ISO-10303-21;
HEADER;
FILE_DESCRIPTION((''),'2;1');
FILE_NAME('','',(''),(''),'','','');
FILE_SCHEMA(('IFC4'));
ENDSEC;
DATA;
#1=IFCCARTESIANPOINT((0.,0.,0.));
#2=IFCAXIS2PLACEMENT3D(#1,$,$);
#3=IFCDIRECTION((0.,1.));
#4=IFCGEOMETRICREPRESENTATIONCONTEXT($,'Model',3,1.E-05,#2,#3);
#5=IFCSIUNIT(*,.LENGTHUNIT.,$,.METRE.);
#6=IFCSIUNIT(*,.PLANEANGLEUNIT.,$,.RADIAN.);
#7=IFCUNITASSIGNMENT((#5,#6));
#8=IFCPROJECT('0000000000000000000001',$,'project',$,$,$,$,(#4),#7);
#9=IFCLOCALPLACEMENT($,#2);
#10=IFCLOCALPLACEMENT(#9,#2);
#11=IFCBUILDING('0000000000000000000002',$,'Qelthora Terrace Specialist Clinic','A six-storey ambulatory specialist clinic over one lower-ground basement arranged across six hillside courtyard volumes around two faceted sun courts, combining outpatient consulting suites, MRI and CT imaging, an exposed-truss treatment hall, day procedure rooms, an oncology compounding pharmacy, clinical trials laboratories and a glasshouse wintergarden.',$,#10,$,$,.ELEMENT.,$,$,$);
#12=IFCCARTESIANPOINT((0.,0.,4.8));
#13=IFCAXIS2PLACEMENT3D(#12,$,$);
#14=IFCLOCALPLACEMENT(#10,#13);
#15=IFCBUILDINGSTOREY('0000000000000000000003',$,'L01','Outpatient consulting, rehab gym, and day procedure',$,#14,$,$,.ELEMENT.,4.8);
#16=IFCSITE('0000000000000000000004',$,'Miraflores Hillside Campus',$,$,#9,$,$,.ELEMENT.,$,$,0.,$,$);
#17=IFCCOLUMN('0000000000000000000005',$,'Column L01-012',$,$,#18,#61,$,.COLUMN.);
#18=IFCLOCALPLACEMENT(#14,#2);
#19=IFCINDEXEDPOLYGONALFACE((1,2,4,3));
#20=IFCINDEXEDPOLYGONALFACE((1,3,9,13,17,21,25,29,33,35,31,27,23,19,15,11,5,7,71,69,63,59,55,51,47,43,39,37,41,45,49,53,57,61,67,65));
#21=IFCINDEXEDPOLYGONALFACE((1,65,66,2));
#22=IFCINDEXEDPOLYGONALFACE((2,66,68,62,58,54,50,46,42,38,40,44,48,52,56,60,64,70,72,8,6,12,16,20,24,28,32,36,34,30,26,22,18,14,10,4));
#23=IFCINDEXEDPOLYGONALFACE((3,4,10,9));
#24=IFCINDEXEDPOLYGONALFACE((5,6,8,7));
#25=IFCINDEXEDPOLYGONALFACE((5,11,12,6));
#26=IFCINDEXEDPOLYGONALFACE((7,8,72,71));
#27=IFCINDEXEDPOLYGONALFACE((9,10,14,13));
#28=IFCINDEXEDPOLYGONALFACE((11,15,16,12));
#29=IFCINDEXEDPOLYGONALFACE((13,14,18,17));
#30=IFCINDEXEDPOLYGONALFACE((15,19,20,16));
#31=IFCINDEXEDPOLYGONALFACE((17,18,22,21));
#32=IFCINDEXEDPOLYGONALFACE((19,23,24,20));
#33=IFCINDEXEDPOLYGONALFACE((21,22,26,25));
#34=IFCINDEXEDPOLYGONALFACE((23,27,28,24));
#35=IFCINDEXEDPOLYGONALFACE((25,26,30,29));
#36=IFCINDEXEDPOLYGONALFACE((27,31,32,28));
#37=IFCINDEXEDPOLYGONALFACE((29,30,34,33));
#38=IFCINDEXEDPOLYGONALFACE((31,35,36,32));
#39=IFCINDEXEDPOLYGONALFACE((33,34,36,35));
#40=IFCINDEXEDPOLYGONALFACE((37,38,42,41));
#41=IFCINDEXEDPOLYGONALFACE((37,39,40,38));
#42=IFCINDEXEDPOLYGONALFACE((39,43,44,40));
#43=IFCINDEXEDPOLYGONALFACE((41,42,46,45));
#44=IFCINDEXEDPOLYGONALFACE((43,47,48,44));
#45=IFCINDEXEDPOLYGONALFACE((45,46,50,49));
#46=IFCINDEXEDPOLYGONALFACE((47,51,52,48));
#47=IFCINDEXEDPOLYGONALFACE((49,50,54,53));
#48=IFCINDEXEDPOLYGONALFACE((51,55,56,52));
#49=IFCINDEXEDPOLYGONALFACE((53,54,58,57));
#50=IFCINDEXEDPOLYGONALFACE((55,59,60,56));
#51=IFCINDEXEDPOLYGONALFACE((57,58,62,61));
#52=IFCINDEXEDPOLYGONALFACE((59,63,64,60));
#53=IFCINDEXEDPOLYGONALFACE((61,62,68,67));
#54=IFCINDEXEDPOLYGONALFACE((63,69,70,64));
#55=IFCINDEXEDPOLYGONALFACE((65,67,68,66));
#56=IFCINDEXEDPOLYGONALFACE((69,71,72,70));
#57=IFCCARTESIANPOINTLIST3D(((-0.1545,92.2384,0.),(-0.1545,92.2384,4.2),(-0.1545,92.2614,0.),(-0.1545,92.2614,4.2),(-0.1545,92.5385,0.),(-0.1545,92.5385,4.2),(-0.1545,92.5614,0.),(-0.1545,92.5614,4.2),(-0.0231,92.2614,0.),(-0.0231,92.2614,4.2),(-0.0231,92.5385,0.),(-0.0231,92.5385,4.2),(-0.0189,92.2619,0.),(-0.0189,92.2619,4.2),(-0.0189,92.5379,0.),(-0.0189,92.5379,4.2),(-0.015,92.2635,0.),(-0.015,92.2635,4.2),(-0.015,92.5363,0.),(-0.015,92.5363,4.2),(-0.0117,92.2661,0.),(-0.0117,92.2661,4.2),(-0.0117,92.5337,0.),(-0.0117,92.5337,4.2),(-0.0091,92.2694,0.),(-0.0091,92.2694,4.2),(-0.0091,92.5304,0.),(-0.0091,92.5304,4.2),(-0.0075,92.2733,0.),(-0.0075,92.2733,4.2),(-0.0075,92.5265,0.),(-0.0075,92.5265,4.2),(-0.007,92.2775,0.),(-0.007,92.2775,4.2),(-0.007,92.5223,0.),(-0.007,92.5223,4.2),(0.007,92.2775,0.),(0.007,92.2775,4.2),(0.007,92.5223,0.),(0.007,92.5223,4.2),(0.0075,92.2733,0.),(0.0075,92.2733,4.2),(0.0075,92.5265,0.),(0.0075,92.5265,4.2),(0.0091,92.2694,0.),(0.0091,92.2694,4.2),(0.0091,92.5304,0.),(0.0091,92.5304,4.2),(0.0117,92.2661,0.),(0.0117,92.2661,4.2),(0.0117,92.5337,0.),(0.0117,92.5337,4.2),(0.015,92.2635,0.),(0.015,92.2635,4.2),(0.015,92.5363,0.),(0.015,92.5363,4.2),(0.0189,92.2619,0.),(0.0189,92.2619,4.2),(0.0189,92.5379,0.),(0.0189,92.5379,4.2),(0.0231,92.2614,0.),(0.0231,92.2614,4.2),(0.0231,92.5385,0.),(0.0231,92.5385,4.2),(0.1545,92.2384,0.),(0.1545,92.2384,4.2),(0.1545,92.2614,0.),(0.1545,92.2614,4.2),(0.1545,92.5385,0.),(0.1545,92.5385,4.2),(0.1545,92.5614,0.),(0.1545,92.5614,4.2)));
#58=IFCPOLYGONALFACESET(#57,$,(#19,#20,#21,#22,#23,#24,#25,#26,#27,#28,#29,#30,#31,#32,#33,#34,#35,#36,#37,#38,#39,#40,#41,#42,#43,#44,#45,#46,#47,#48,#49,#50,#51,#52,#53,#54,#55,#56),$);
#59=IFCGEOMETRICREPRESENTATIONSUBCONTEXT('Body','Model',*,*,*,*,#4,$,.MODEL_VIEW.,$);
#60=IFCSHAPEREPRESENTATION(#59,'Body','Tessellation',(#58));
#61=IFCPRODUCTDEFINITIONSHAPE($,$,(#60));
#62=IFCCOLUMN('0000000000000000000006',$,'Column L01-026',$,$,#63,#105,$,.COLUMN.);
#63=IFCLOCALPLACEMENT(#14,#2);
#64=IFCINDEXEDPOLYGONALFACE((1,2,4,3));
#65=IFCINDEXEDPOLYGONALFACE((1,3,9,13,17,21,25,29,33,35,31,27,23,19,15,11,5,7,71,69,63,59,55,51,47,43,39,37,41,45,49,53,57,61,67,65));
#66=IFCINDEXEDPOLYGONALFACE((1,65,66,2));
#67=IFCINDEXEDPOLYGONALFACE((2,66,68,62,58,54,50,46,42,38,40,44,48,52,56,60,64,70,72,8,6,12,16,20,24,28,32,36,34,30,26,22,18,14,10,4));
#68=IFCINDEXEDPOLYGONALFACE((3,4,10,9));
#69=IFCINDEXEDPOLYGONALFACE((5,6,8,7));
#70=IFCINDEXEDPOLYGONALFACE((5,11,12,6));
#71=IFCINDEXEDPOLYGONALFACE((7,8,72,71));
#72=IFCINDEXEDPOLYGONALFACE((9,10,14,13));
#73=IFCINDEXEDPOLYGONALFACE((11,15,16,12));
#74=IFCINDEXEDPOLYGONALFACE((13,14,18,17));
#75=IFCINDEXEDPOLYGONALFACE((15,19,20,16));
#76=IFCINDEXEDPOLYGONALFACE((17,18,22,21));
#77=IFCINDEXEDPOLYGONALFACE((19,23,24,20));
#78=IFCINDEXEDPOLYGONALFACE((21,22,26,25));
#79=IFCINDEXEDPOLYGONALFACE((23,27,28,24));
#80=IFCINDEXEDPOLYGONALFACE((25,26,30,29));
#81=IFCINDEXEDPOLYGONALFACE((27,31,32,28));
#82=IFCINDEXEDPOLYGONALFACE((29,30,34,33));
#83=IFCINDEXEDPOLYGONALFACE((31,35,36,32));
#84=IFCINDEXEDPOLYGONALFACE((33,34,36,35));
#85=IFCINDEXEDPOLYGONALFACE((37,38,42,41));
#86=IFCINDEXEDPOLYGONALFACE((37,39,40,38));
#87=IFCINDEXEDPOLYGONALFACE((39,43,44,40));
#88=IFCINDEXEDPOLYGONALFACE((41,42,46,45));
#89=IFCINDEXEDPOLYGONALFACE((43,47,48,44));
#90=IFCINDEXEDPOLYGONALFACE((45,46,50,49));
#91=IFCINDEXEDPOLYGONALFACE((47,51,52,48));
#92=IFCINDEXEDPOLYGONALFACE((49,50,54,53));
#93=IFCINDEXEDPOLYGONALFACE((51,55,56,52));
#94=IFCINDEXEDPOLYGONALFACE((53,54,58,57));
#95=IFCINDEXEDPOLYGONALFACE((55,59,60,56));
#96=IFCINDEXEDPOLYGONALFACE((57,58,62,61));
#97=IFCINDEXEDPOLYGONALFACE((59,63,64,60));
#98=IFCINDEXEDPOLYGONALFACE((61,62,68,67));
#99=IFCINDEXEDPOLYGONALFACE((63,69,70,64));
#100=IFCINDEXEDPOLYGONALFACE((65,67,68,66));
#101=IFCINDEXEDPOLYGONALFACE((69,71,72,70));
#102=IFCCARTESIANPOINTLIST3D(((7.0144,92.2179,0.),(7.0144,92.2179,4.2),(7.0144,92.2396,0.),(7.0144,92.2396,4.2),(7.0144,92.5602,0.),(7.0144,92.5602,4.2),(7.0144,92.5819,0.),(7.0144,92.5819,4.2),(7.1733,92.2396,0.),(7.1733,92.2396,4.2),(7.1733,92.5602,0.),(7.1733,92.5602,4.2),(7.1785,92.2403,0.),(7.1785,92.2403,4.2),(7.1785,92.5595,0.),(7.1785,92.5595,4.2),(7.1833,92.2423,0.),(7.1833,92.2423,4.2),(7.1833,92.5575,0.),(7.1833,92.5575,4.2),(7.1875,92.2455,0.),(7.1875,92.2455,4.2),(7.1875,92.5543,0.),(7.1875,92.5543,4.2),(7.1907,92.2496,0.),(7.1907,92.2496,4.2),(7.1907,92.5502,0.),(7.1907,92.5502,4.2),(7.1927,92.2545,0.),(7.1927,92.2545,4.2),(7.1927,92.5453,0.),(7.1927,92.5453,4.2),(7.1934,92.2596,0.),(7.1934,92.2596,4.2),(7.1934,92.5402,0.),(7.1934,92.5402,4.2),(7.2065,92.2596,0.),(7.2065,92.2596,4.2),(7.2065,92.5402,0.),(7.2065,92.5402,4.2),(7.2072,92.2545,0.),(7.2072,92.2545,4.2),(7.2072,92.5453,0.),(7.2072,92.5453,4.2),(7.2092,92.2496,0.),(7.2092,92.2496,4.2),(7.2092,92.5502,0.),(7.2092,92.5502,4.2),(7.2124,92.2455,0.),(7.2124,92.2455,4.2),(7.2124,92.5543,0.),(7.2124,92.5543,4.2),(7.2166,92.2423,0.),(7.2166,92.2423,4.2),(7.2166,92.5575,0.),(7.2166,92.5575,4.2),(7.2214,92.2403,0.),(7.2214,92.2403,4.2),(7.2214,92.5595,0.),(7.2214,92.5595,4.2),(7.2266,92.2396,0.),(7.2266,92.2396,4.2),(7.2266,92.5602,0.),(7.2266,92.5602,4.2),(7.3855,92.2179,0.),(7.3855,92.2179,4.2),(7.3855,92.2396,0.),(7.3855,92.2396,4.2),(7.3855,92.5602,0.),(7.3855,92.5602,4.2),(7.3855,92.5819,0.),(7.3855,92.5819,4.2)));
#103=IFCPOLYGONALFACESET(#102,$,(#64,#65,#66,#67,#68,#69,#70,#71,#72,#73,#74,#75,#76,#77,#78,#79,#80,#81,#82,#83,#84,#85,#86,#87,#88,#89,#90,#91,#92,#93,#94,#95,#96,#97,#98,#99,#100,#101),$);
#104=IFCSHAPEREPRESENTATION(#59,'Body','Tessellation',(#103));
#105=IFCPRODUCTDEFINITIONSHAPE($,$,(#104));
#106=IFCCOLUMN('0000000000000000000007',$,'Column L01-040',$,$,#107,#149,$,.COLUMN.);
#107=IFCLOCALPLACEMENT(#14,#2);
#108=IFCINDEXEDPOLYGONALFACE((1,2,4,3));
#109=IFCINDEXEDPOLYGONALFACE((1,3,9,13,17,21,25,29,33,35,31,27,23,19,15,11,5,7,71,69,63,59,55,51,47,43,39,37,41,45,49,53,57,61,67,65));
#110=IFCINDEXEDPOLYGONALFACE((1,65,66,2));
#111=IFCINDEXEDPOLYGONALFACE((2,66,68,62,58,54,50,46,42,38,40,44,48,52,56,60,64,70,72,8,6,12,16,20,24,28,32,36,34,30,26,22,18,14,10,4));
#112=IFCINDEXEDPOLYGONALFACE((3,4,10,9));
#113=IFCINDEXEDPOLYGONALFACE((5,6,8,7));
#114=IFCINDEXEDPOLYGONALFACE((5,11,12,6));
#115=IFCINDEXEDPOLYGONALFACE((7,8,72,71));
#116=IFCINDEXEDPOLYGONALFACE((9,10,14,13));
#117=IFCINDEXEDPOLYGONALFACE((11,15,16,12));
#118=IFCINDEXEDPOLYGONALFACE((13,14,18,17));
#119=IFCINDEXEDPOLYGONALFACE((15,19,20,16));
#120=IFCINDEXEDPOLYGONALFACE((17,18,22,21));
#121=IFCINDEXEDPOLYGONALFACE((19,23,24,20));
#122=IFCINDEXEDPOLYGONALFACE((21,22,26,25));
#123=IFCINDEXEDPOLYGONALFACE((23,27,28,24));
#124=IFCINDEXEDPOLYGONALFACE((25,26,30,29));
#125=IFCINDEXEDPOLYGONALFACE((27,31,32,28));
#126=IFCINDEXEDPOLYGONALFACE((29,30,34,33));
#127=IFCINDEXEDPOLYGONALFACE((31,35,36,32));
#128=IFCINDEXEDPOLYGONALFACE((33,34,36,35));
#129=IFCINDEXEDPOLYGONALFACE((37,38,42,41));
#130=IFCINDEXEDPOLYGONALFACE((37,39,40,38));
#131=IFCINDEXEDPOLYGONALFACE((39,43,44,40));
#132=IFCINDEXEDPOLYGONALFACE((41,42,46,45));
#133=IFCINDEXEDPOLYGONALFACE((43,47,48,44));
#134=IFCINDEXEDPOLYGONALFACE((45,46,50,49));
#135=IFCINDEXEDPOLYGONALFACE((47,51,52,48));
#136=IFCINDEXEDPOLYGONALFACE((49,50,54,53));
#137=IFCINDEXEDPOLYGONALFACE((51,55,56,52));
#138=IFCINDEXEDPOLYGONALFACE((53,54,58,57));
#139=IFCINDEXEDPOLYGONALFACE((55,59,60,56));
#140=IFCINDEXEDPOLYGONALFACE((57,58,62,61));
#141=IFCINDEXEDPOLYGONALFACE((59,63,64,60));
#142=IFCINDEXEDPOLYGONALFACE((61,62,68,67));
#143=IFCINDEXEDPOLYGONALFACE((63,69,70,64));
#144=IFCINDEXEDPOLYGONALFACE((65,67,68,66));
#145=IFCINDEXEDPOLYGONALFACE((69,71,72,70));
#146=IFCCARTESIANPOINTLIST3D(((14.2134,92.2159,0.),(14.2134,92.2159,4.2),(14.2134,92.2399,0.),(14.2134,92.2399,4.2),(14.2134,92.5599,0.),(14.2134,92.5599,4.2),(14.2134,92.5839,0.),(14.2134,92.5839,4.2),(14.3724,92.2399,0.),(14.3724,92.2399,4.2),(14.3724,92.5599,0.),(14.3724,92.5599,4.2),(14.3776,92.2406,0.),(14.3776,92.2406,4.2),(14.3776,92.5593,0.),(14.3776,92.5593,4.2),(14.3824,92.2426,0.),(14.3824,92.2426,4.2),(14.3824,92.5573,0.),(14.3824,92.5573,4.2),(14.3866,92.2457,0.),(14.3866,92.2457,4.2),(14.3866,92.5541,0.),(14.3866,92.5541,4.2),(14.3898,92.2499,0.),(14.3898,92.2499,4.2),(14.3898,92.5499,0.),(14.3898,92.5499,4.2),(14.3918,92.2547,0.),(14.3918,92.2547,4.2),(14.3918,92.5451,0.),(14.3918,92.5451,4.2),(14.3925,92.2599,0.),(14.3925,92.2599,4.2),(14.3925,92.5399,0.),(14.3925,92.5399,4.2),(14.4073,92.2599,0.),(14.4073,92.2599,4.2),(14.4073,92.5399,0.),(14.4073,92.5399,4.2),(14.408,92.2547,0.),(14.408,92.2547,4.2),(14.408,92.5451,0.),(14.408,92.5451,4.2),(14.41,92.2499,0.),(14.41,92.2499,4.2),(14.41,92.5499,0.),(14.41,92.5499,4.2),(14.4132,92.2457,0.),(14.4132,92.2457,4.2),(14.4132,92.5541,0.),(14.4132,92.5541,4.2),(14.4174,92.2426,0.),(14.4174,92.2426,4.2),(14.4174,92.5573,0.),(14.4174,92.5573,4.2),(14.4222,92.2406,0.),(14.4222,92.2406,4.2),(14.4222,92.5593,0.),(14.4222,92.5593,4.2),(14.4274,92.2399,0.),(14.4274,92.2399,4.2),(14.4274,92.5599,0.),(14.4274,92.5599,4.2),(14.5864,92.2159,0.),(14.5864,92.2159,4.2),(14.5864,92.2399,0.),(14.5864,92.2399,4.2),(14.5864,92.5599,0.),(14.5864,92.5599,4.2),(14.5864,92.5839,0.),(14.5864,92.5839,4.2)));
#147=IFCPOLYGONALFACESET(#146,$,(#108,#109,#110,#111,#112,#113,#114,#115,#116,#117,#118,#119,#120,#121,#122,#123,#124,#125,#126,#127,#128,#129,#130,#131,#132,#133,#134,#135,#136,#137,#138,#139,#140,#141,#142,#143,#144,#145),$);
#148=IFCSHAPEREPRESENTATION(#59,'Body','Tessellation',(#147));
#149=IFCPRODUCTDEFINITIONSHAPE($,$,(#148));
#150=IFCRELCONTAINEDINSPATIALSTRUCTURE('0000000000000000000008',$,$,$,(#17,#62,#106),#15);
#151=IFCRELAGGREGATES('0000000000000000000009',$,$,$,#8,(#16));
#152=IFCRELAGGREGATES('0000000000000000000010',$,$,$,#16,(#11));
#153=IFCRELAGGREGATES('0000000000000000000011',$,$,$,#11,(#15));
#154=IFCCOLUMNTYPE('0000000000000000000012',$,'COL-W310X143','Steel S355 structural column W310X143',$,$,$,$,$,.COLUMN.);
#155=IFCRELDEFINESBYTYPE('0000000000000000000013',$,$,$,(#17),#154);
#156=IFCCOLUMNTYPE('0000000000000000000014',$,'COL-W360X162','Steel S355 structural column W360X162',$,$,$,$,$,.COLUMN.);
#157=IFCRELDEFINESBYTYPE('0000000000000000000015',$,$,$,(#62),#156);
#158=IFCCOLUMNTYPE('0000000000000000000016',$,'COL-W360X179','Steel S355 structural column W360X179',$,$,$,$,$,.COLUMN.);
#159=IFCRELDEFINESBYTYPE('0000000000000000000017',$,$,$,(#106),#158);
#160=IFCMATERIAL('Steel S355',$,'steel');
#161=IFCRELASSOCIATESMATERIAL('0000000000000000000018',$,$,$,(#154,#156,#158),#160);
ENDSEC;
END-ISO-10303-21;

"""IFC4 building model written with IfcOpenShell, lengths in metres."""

from ifc_helpers import new_model, si_unit, direction, frame, origin, origin_2d, place, context, subcontext, project, spatial, i_section, extrude, material, material_profile, profile_set, type_object, element, save


model = new_model("IFC4")

# Units and contexts
model_context = context("Model", 3, precision=1e-05, world=origin(), true_north=direction((0.0, 1.0)))
body_context = subcontext(model_context, "Body", "Model", "MODEL_VIEW")
ifc_project = project(units=[si_unit("LENGTHUNIT", "METRE"), si_unit("PLANEANGLEUNIT", "RADIAN")], contexts=[model_context])

# Site, building, storey
site_placement = place(None, origin())
site = spatial("IfcSite", under=ifc_project, at=site_placement, Name="Miraflores Hillside Campus", CompositionType="ELEMENT", RefElevation=0.0)
building_placement = place(site_placement, origin())
building = spatial("IfcBuilding", under=site, at=building_placement, Name="Qelthora Terrace Specialist Clinic", Description="A six-storey ambulatory specialist clinic over one lower-ground basement arranged across six hillside courtyard volumes around two faceted sun courts, combining outpatient consulting suites, MRI and CT imaging, an exposed-truss treatment hall, day procedure rooms, an oncology compounding pharmacy, clinical trials laboratories and a glasshouse wintergarden.", CompositionType="ELEMENT")
storey_placement = place(building_placement, frame((0.0, 0.0, 4.8)))
storey = spatial("IfcBuildingStorey", under=building, at=storey_placement, Name="L01", Description="Outpatient consulting, rehab gym, and day procedure", CompositionType="ELEMENT", Elevation=4.8)

# Columns
ifc_material_1 = material(Name="Steel S355", Category="steel")
ifc_material_profile_1 = material_profile(ifc_material_1, i_section(OverallWidth=0.3091, OverallDepth=0.323, WebThickness=0.0139, FlangeThickness=0.0229, FilletRadius=0.0161, at=origin_2d()), Name="W310X143")
ifc_profile_set_1 = profile_set([ifc_material_profile_1], Name="Steel S355")
column_type_1 = type_object("IfcColumnType", Name="COL-W310X143", Description="Steel S355 structural column W310X143", PredefinedType="COLUMN", material=ifc_profile_set_1)
column_1_placement = place(storey_placement, frame((0.0, 92.3999, 0.0), z_axis=(0.0, 0.0, 1.0), x_axis=(1.0, 0.0, 0.0)))
element("IfcColumn", 1, at=column_1_placement, inside=storey, type_object=column_type_1, Name="Column L01-012", PredefinedType="COLUMN", context=body_context, shape_type="SweptSolid", body=[
    extrude(i_section(OverallWidth=0.3091, OverallDepth=0.323, WebThickness=0.0139, FlangeThickness=0.0229, FilletRadius=0.0161, at=origin_2d()), origin(), (0.0, 0.0, 1.0), 4.2),
])
ifc_material_profile_2 = material_profile(ifc_material_1, i_section(OverallWidth=0.3711, OverallDepth=0.364, WebThickness=0.0132, FlangeThickness=0.0217, FilletRadius=0.02, at=origin_2d()), Name="W360X162")
ifc_profile_set_2 = profile_set([ifc_material_profile_2], Name="Steel S355")
column_type_2 = type_object("IfcColumnType", Name="COL-W360X162", Description="Steel S355 structural column W360X162", PredefinedType="COLUMN", material=ifc_profile_set_2)
column_2_placement = place(storey_placement, frame((7.2, 92.3999, 0.0), z_axis=(0.0, 0.0, 1.0), x_axis=(1.0, 0.0, 0.0)))
element("IfcColumn", 2, at=column_2_placement, inside=storey, type_object=column_type_2, Name="Column L01-026", PredefinedType="COLUMN", context=body_context, shape_type="SweptSolid", body=[
    extrude(i_section(OverallWidth=0.3711, OverallDepth=0.364, WebThickness=0.0132, FlangeThickness=0.0217, FilletRadius=0.02, at=origin_2d()), origin(), (0.0, 0.0, 1.0), 4.2),
])
ifc_material_profile_3 = material_profile(ifc_material_1, i_section(OverallWidth=0.373, OverallDepth=0.3679, WebThickness=0.0149, FlangeThickness=0.0239, FilletRadius=0.02, at=origin_2d()), Name="W360X179")
ifc_profile_set_3 = profile_set([ifc_material_profile_3], Name="Steel S355")
column_type_3 = type_object("IfcColumnType", Name="COL-W360X179", Description="Steel S355 structural column W360X179", PredefinedType="COLUMN", material=ifc_profile_set_3)
column_3_placement = place(storey_placement, frame((14.3999, 92.3999, 0.0), z_axis=(0.0, 0.0, 1.0), x_axis=(1.0, 0.0, 0.0)))
element("IfcColumn", 3, at=column_3_placement, inside=storey, type_object=column_type_3, Name="Column L01-040", PredefinedType="COLUMN", context=body_context, shape_type="SweptSolid", body=[
    extrude(i_section(OverallWidth=0.373, OverallDepth=0.3679, WebThickness=0.0149, FlangeThickness=0.0239, FilletRadius=0.02, at=origin_2d()), origin(), (0.0, 0.0, 1.0), 4.2),
])

save(model, "model.ifc")
